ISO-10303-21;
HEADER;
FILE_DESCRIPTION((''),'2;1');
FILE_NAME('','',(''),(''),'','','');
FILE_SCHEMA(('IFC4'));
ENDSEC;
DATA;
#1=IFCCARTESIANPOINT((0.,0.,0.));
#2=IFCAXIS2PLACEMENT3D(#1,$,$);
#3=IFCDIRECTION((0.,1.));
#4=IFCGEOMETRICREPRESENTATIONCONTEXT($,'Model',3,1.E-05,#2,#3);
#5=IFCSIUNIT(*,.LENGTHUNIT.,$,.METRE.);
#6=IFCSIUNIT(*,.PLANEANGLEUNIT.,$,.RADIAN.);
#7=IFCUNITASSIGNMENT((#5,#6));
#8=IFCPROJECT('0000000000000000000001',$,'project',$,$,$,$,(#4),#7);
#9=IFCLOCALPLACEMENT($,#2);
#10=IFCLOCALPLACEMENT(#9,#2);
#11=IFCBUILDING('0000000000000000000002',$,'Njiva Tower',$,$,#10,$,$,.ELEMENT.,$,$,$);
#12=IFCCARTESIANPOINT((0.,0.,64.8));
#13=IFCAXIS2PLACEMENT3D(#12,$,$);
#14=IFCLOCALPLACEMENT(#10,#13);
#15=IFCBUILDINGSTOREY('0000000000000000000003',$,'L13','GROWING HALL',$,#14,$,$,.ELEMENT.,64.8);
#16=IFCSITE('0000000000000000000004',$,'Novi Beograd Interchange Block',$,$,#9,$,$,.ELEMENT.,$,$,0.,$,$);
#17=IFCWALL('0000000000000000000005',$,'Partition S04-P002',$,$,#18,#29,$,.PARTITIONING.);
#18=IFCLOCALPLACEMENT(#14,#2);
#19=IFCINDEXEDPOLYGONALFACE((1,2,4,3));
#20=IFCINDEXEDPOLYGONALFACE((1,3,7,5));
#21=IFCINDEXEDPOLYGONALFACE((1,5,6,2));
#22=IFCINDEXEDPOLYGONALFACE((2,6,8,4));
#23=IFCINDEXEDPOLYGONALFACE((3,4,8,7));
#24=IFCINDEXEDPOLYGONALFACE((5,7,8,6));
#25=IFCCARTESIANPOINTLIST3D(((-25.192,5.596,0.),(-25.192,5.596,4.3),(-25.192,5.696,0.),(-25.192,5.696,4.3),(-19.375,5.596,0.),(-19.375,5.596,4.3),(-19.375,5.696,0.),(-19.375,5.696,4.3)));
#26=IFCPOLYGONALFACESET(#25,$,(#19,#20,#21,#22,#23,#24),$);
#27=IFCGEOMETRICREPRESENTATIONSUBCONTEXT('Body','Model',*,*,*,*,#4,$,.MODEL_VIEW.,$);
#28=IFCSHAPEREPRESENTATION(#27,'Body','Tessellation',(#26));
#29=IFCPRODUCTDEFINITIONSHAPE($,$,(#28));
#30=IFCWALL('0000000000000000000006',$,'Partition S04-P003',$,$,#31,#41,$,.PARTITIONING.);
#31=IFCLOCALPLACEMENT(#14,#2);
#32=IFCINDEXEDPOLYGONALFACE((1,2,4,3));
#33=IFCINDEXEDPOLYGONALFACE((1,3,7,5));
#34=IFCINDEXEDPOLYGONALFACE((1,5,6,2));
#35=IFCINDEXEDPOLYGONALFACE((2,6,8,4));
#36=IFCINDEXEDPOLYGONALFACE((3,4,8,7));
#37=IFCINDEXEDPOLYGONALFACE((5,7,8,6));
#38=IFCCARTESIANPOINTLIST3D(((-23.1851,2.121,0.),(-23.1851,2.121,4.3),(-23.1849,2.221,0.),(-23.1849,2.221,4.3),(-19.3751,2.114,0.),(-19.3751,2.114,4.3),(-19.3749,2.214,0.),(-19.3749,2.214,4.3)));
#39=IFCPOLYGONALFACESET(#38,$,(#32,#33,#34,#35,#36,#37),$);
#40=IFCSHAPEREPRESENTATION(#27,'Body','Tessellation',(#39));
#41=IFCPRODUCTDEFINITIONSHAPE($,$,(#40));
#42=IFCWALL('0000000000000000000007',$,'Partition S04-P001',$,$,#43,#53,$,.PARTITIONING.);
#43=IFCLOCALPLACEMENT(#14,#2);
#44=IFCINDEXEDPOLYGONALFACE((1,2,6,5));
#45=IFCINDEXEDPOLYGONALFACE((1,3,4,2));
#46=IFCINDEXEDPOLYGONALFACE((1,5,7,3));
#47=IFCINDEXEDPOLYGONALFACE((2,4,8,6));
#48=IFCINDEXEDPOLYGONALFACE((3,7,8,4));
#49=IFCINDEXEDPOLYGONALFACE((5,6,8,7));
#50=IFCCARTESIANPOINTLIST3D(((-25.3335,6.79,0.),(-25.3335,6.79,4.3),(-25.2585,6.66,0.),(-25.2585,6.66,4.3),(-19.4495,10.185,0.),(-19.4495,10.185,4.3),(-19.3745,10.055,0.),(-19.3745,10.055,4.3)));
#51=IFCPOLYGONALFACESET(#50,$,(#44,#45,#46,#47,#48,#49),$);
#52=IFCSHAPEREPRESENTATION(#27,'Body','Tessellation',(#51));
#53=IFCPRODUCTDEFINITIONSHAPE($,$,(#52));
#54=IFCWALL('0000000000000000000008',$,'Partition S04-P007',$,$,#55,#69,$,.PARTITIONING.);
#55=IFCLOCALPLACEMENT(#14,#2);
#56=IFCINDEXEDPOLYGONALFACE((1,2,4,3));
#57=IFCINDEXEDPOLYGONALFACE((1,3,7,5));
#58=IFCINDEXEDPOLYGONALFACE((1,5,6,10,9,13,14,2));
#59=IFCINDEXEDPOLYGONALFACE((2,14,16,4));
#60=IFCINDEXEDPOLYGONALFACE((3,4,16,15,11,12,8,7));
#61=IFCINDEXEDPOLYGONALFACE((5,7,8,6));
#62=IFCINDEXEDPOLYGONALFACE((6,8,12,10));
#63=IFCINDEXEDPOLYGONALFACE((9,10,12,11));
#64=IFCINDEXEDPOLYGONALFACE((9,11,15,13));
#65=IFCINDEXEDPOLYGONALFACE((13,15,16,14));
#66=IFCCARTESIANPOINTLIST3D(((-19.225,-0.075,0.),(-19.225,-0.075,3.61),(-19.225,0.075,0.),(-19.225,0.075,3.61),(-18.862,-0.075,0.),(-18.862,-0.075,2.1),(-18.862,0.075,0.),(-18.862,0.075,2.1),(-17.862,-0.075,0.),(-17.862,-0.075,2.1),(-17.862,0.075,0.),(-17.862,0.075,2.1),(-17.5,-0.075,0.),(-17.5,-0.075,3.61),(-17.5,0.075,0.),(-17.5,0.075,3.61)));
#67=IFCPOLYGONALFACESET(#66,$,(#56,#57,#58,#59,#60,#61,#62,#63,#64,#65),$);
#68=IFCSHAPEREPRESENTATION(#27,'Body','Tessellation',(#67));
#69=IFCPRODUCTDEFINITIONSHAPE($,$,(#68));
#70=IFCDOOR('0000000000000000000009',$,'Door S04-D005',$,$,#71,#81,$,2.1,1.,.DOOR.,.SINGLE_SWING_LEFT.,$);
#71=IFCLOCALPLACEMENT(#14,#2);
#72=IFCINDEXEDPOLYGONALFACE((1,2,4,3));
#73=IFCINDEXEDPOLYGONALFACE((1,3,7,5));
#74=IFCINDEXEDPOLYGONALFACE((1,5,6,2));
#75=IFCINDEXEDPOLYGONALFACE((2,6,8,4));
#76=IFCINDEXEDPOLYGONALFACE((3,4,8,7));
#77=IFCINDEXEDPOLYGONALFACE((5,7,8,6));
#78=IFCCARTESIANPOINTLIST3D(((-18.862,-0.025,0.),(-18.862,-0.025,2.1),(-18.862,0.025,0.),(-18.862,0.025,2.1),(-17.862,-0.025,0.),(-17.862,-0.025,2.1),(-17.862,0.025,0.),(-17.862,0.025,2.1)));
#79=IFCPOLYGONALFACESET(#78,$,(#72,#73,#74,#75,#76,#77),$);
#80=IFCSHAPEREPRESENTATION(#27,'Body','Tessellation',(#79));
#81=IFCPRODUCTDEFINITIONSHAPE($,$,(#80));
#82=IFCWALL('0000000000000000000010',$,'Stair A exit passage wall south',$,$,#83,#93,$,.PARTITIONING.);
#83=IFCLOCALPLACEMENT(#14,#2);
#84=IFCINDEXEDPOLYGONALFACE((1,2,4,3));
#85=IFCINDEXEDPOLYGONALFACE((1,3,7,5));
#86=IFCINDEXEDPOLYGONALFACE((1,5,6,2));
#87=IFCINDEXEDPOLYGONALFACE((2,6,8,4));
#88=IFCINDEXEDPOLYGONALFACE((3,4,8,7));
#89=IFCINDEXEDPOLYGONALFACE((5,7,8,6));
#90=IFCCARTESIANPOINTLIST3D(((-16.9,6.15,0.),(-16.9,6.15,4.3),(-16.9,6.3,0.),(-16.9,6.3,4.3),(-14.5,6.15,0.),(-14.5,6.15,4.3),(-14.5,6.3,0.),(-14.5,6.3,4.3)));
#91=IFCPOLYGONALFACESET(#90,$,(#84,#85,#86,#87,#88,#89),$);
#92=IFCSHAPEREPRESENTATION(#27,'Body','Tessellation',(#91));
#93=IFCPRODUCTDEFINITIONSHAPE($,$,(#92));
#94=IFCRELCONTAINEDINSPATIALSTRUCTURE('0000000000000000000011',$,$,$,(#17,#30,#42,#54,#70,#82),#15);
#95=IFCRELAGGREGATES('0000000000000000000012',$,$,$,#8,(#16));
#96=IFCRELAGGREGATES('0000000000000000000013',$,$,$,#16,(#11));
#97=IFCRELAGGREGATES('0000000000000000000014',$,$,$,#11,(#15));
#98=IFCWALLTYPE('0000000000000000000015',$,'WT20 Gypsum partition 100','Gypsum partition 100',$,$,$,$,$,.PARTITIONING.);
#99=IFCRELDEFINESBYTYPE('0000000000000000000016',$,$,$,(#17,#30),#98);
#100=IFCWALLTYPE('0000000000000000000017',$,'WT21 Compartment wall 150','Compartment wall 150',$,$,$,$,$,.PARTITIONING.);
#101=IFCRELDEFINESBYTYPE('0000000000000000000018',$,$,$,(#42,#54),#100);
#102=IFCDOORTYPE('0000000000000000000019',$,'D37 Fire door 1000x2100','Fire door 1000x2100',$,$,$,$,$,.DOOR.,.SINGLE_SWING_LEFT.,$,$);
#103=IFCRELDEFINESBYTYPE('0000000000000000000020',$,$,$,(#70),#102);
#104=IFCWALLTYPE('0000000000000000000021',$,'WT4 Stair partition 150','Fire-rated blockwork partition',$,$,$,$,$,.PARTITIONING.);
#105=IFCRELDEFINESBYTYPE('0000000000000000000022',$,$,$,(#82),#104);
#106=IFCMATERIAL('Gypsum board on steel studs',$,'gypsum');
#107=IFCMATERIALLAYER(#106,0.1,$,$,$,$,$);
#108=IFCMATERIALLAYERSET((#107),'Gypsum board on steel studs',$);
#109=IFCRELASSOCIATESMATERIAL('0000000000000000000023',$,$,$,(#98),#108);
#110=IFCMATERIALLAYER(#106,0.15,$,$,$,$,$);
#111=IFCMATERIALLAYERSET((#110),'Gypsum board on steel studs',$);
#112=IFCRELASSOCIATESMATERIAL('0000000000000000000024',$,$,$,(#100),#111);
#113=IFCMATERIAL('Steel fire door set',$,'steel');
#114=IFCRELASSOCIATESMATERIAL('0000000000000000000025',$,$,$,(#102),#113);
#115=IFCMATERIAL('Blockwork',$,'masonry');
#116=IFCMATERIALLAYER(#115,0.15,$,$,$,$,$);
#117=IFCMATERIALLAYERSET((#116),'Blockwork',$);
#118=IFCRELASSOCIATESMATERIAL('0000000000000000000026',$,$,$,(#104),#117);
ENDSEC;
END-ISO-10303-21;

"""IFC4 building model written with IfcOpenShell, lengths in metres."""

from ifc_helpers import new_model, si_unit, direction, frame, frame_2d, origin, place, context, subcontext, project, spatial, rectangle, extrude, material, layer, layer_set, type_object, element, fill, save


model = new_model("IFC4")

# Units and contexts
model_context = context("Model", 3, precision=1e-05, world=origin(), true_north=direction((0.0, 1.0)))
body_context = subcontext(model_context, "Body", "Model", "MODEL_VIEW")
ifc_project = project(units=[si_unit("LENGTHUNIT", "METRE"), si_unit("PLANEANGLEUNIT", "RADIAN")], contexts=[model_context])

# Site, building, storey
site_placement = place(None, origin())
site = spatial("IfcSite", under=ifc_project, at=site_placement, Name="Novi Beograd Interchange Block", CompositionType="ELEMENT", RefElevation=0.0)
building_placement = place(site_placement, origin())
building = spatial("IfcBuilding", under=site, at=building_placement, Name="Njiva Tower", CompositionType="ELEMENT")
storey_placement = place(building_placement, frame((0.0, 0.0, 64.8)))
storey = spatial("IfcBuildingStorey", under=building, at=storey_placement, Name="L13", Description="GROWING HALL", CompositionType="ELEMENT", Elevation=64.8)

# Shared definitions
ifc_material_1 = material(Name="Blockwork", Category="masonry")

# Walls
ifc_material_2 = material(Name="Gypsum board on steel studs", Category="gypsum")
ifc_layer_1 = layer(ifc_material_2, 0.1)
ifc_layer_set_1 = layer_set([ifc_layer_1], Name="Gypsum board on steel studs")
wall_type_1 = type_object("IfcWallType", Name="WT20 Gypsum partition 100", Description="Gypsum partition 100", PredefinedType="PARTITIONING", material=ifc_layer_set_1)
wall_1_placement = place(storey_placement, frame((-25.192, 5.646, 0.0), z_axis=(0.0, 0.0, 1.0), x_axis=(1.0, 0.0, 0.0)))
element("IfcWall", 1, at=wall_1_placement, inside=storey, type_object=wall_type_1, Name="Partition S04-P002", PredefinedType="PARTITIONING", context=body_context, shape_type="SweptSolid", body=[
    extrude(rectangle(XDim=5.817, YDim=0.1, at=frame_2d((2.9085, 0.0))), origin(), (0.0, 0.0, 1.0), 4.3),
])
wall_2_placement = place(storey_placement, frame((-23.185, 2.171, 0.0), z_axis=(0.0, 0.0, 1.0), x_axis=(0.999998, -0.001837, 0.0)))
element("IfcWall", 2, at=wall_2_placement, inside=storey, type_object=wall_type_1, Name="Partition S04-P003", PredefinedType="PARTITIONING", context=body_context, shape_type="SweptSolid", body=[
    extrude(rectangle(XDim=3.81, YDim=0.1, at=frame_2d((1.905, 0.0))), origin(), (0.0, 0.0, 1.0), 4.3),
])
ifc_layer_2 = layer(ifc_material_2, 0.15)
ifc_layer_set_2 = layer_set([ifc_layer_2], Name="Gypsum board on steel studs")
wall_type_2 = type_object("IfcWallType", Name="WT21 Compartment wall 150", Description="Compartment wall 150", PredefinedType="PARTITIONING", material=ifc_layer_set_2)
wall_3_placement = place(storey_placement, frame((-25.296, 6.725, 0.0), z_axis=(0.0, 0.0, 1.0), x_axis=(0.866161, 0.499765, 0.0)))
element("IfcWall", 3, at=wall_3_placement, inside=storey, type_object=wall_type_2, Name="Partition S04-P001", PredefinedType="PARTITIONING", context=body_context, shape_type="SweptSolid", body=[
    extrude(rectangle(XDim=6.7932, YDim=0.15, at=frame_2d((3.3966, 0.0))), origin(), (0.0, 0.0, 1.0), 4.3),
])

# Wall, opening, door
wall_4_placement = place(storey_placement, frame((-19.225, 0.0, 0.0), z_axis=(0.0, 0.0, 1.0), x_axis=(1.0, 0.0, 0.0)))
wall_4 = element("IfcWall", 4, at=wall_4_placement, inside=storey, type_object=wall_type_2, Name="Partition S04-P007", PredefinedType="PARTITIONING", context=body_context, shape_type="SweptSolid", body=[
    extrude(rectangle(XDim=1.725, YDim=0.15, at=frame_2d((0.8625, 0.0))), origin(), (0.0, 0.0, 1.0), 3.61),
])
opening_1_placement = place(wall_4_placement, frame((0.363, 0.0, 0.0)))
opening_1 = element("IfcOpeningElement", 5, at=opening_1_placement, cuts=wall_4, PredefinedType="OPENING", context=body_context, shape_type="SweptSolid", body=[
    extrude(rectangle(XDim=1.0, YDim=2.1, at=frame_2d((0.5, 1.05))), frame((0.0, 0.085, 0.0), z_axis=(0.0, -1.0, 0.0), x_axis=(1.0, 0.0, 0.0)), (0.0, 0.0, 1.0), 0.17),
])
ifc_material_3 = material(Name="Steel fire door set", Category="steel")
door_type_1 = type_object("IfcDoorType", Name="D37 Fire door 1000x2100", Description="Fire door 1000x2100", OperationType="SINGLE_SWING_LEFT", PredefinedType="DOOR", material=ifc_material_3)
door_1_placement = place(opening_1_placement, origin())
door_1 = element("IfcDoor", 6, at=door_1_placement, inside=storey, type_object=door_type_1, Name="Door S04-D005", OperationType="SINGLE_SWING_LEFT", OverallHeight=2.1, OverallWidth=1.0, PredefinedType="DOOR", context=body_context, shape_type="SweptSolid", body=[
    extrude(rectangle(XDim=1.0, YDim=2.1, at=frame_2d((0.5, 1.05))), frame((0.0, 0.025, 0.0), z_axis=(0.0, -1.0, 0.0), x_axis=(1.0, 0.0, 0.0)), (0.0, 0.0, 1.0), 0.05),
])
fill(opening_1, door_1)

# Wall
ifc_layer_3 = layer(ifc_material_1, 0.15)
ifc_layer_set_3 = layer_set([ifc_layer_3], Name="Blockwork")
wall_type_3 = type_object("IfcWallType", Name="WT4 Stair partition 150", Description="Fire-rated blockwork partition", PredefinedType="PARTITIONING", material=ifc_layer_set_3)
wall_5_placement = place(storey_placement, frame((-16.9, 6.225, 0.0), z_axis=(0.0, 0.0, 1.0), x_axis=(1.0, 0.0, 0.0)))
element("IfcWall", 7, at=wall_5_placement, inside=storey, type_object=wall_type_3, Name="Stair A exit passage wall south", PredefinedType="PARTITIONING", context=body_context, shape_type="SweptSolid", body=[
    extrude(rectangle(XDim=2.4, YDim=0.15, at=frame_2d((1.2, 0.0))), origin(), (0.0, 0.0, 1.0), 4.3),
])

save(model, "model.ifc")
